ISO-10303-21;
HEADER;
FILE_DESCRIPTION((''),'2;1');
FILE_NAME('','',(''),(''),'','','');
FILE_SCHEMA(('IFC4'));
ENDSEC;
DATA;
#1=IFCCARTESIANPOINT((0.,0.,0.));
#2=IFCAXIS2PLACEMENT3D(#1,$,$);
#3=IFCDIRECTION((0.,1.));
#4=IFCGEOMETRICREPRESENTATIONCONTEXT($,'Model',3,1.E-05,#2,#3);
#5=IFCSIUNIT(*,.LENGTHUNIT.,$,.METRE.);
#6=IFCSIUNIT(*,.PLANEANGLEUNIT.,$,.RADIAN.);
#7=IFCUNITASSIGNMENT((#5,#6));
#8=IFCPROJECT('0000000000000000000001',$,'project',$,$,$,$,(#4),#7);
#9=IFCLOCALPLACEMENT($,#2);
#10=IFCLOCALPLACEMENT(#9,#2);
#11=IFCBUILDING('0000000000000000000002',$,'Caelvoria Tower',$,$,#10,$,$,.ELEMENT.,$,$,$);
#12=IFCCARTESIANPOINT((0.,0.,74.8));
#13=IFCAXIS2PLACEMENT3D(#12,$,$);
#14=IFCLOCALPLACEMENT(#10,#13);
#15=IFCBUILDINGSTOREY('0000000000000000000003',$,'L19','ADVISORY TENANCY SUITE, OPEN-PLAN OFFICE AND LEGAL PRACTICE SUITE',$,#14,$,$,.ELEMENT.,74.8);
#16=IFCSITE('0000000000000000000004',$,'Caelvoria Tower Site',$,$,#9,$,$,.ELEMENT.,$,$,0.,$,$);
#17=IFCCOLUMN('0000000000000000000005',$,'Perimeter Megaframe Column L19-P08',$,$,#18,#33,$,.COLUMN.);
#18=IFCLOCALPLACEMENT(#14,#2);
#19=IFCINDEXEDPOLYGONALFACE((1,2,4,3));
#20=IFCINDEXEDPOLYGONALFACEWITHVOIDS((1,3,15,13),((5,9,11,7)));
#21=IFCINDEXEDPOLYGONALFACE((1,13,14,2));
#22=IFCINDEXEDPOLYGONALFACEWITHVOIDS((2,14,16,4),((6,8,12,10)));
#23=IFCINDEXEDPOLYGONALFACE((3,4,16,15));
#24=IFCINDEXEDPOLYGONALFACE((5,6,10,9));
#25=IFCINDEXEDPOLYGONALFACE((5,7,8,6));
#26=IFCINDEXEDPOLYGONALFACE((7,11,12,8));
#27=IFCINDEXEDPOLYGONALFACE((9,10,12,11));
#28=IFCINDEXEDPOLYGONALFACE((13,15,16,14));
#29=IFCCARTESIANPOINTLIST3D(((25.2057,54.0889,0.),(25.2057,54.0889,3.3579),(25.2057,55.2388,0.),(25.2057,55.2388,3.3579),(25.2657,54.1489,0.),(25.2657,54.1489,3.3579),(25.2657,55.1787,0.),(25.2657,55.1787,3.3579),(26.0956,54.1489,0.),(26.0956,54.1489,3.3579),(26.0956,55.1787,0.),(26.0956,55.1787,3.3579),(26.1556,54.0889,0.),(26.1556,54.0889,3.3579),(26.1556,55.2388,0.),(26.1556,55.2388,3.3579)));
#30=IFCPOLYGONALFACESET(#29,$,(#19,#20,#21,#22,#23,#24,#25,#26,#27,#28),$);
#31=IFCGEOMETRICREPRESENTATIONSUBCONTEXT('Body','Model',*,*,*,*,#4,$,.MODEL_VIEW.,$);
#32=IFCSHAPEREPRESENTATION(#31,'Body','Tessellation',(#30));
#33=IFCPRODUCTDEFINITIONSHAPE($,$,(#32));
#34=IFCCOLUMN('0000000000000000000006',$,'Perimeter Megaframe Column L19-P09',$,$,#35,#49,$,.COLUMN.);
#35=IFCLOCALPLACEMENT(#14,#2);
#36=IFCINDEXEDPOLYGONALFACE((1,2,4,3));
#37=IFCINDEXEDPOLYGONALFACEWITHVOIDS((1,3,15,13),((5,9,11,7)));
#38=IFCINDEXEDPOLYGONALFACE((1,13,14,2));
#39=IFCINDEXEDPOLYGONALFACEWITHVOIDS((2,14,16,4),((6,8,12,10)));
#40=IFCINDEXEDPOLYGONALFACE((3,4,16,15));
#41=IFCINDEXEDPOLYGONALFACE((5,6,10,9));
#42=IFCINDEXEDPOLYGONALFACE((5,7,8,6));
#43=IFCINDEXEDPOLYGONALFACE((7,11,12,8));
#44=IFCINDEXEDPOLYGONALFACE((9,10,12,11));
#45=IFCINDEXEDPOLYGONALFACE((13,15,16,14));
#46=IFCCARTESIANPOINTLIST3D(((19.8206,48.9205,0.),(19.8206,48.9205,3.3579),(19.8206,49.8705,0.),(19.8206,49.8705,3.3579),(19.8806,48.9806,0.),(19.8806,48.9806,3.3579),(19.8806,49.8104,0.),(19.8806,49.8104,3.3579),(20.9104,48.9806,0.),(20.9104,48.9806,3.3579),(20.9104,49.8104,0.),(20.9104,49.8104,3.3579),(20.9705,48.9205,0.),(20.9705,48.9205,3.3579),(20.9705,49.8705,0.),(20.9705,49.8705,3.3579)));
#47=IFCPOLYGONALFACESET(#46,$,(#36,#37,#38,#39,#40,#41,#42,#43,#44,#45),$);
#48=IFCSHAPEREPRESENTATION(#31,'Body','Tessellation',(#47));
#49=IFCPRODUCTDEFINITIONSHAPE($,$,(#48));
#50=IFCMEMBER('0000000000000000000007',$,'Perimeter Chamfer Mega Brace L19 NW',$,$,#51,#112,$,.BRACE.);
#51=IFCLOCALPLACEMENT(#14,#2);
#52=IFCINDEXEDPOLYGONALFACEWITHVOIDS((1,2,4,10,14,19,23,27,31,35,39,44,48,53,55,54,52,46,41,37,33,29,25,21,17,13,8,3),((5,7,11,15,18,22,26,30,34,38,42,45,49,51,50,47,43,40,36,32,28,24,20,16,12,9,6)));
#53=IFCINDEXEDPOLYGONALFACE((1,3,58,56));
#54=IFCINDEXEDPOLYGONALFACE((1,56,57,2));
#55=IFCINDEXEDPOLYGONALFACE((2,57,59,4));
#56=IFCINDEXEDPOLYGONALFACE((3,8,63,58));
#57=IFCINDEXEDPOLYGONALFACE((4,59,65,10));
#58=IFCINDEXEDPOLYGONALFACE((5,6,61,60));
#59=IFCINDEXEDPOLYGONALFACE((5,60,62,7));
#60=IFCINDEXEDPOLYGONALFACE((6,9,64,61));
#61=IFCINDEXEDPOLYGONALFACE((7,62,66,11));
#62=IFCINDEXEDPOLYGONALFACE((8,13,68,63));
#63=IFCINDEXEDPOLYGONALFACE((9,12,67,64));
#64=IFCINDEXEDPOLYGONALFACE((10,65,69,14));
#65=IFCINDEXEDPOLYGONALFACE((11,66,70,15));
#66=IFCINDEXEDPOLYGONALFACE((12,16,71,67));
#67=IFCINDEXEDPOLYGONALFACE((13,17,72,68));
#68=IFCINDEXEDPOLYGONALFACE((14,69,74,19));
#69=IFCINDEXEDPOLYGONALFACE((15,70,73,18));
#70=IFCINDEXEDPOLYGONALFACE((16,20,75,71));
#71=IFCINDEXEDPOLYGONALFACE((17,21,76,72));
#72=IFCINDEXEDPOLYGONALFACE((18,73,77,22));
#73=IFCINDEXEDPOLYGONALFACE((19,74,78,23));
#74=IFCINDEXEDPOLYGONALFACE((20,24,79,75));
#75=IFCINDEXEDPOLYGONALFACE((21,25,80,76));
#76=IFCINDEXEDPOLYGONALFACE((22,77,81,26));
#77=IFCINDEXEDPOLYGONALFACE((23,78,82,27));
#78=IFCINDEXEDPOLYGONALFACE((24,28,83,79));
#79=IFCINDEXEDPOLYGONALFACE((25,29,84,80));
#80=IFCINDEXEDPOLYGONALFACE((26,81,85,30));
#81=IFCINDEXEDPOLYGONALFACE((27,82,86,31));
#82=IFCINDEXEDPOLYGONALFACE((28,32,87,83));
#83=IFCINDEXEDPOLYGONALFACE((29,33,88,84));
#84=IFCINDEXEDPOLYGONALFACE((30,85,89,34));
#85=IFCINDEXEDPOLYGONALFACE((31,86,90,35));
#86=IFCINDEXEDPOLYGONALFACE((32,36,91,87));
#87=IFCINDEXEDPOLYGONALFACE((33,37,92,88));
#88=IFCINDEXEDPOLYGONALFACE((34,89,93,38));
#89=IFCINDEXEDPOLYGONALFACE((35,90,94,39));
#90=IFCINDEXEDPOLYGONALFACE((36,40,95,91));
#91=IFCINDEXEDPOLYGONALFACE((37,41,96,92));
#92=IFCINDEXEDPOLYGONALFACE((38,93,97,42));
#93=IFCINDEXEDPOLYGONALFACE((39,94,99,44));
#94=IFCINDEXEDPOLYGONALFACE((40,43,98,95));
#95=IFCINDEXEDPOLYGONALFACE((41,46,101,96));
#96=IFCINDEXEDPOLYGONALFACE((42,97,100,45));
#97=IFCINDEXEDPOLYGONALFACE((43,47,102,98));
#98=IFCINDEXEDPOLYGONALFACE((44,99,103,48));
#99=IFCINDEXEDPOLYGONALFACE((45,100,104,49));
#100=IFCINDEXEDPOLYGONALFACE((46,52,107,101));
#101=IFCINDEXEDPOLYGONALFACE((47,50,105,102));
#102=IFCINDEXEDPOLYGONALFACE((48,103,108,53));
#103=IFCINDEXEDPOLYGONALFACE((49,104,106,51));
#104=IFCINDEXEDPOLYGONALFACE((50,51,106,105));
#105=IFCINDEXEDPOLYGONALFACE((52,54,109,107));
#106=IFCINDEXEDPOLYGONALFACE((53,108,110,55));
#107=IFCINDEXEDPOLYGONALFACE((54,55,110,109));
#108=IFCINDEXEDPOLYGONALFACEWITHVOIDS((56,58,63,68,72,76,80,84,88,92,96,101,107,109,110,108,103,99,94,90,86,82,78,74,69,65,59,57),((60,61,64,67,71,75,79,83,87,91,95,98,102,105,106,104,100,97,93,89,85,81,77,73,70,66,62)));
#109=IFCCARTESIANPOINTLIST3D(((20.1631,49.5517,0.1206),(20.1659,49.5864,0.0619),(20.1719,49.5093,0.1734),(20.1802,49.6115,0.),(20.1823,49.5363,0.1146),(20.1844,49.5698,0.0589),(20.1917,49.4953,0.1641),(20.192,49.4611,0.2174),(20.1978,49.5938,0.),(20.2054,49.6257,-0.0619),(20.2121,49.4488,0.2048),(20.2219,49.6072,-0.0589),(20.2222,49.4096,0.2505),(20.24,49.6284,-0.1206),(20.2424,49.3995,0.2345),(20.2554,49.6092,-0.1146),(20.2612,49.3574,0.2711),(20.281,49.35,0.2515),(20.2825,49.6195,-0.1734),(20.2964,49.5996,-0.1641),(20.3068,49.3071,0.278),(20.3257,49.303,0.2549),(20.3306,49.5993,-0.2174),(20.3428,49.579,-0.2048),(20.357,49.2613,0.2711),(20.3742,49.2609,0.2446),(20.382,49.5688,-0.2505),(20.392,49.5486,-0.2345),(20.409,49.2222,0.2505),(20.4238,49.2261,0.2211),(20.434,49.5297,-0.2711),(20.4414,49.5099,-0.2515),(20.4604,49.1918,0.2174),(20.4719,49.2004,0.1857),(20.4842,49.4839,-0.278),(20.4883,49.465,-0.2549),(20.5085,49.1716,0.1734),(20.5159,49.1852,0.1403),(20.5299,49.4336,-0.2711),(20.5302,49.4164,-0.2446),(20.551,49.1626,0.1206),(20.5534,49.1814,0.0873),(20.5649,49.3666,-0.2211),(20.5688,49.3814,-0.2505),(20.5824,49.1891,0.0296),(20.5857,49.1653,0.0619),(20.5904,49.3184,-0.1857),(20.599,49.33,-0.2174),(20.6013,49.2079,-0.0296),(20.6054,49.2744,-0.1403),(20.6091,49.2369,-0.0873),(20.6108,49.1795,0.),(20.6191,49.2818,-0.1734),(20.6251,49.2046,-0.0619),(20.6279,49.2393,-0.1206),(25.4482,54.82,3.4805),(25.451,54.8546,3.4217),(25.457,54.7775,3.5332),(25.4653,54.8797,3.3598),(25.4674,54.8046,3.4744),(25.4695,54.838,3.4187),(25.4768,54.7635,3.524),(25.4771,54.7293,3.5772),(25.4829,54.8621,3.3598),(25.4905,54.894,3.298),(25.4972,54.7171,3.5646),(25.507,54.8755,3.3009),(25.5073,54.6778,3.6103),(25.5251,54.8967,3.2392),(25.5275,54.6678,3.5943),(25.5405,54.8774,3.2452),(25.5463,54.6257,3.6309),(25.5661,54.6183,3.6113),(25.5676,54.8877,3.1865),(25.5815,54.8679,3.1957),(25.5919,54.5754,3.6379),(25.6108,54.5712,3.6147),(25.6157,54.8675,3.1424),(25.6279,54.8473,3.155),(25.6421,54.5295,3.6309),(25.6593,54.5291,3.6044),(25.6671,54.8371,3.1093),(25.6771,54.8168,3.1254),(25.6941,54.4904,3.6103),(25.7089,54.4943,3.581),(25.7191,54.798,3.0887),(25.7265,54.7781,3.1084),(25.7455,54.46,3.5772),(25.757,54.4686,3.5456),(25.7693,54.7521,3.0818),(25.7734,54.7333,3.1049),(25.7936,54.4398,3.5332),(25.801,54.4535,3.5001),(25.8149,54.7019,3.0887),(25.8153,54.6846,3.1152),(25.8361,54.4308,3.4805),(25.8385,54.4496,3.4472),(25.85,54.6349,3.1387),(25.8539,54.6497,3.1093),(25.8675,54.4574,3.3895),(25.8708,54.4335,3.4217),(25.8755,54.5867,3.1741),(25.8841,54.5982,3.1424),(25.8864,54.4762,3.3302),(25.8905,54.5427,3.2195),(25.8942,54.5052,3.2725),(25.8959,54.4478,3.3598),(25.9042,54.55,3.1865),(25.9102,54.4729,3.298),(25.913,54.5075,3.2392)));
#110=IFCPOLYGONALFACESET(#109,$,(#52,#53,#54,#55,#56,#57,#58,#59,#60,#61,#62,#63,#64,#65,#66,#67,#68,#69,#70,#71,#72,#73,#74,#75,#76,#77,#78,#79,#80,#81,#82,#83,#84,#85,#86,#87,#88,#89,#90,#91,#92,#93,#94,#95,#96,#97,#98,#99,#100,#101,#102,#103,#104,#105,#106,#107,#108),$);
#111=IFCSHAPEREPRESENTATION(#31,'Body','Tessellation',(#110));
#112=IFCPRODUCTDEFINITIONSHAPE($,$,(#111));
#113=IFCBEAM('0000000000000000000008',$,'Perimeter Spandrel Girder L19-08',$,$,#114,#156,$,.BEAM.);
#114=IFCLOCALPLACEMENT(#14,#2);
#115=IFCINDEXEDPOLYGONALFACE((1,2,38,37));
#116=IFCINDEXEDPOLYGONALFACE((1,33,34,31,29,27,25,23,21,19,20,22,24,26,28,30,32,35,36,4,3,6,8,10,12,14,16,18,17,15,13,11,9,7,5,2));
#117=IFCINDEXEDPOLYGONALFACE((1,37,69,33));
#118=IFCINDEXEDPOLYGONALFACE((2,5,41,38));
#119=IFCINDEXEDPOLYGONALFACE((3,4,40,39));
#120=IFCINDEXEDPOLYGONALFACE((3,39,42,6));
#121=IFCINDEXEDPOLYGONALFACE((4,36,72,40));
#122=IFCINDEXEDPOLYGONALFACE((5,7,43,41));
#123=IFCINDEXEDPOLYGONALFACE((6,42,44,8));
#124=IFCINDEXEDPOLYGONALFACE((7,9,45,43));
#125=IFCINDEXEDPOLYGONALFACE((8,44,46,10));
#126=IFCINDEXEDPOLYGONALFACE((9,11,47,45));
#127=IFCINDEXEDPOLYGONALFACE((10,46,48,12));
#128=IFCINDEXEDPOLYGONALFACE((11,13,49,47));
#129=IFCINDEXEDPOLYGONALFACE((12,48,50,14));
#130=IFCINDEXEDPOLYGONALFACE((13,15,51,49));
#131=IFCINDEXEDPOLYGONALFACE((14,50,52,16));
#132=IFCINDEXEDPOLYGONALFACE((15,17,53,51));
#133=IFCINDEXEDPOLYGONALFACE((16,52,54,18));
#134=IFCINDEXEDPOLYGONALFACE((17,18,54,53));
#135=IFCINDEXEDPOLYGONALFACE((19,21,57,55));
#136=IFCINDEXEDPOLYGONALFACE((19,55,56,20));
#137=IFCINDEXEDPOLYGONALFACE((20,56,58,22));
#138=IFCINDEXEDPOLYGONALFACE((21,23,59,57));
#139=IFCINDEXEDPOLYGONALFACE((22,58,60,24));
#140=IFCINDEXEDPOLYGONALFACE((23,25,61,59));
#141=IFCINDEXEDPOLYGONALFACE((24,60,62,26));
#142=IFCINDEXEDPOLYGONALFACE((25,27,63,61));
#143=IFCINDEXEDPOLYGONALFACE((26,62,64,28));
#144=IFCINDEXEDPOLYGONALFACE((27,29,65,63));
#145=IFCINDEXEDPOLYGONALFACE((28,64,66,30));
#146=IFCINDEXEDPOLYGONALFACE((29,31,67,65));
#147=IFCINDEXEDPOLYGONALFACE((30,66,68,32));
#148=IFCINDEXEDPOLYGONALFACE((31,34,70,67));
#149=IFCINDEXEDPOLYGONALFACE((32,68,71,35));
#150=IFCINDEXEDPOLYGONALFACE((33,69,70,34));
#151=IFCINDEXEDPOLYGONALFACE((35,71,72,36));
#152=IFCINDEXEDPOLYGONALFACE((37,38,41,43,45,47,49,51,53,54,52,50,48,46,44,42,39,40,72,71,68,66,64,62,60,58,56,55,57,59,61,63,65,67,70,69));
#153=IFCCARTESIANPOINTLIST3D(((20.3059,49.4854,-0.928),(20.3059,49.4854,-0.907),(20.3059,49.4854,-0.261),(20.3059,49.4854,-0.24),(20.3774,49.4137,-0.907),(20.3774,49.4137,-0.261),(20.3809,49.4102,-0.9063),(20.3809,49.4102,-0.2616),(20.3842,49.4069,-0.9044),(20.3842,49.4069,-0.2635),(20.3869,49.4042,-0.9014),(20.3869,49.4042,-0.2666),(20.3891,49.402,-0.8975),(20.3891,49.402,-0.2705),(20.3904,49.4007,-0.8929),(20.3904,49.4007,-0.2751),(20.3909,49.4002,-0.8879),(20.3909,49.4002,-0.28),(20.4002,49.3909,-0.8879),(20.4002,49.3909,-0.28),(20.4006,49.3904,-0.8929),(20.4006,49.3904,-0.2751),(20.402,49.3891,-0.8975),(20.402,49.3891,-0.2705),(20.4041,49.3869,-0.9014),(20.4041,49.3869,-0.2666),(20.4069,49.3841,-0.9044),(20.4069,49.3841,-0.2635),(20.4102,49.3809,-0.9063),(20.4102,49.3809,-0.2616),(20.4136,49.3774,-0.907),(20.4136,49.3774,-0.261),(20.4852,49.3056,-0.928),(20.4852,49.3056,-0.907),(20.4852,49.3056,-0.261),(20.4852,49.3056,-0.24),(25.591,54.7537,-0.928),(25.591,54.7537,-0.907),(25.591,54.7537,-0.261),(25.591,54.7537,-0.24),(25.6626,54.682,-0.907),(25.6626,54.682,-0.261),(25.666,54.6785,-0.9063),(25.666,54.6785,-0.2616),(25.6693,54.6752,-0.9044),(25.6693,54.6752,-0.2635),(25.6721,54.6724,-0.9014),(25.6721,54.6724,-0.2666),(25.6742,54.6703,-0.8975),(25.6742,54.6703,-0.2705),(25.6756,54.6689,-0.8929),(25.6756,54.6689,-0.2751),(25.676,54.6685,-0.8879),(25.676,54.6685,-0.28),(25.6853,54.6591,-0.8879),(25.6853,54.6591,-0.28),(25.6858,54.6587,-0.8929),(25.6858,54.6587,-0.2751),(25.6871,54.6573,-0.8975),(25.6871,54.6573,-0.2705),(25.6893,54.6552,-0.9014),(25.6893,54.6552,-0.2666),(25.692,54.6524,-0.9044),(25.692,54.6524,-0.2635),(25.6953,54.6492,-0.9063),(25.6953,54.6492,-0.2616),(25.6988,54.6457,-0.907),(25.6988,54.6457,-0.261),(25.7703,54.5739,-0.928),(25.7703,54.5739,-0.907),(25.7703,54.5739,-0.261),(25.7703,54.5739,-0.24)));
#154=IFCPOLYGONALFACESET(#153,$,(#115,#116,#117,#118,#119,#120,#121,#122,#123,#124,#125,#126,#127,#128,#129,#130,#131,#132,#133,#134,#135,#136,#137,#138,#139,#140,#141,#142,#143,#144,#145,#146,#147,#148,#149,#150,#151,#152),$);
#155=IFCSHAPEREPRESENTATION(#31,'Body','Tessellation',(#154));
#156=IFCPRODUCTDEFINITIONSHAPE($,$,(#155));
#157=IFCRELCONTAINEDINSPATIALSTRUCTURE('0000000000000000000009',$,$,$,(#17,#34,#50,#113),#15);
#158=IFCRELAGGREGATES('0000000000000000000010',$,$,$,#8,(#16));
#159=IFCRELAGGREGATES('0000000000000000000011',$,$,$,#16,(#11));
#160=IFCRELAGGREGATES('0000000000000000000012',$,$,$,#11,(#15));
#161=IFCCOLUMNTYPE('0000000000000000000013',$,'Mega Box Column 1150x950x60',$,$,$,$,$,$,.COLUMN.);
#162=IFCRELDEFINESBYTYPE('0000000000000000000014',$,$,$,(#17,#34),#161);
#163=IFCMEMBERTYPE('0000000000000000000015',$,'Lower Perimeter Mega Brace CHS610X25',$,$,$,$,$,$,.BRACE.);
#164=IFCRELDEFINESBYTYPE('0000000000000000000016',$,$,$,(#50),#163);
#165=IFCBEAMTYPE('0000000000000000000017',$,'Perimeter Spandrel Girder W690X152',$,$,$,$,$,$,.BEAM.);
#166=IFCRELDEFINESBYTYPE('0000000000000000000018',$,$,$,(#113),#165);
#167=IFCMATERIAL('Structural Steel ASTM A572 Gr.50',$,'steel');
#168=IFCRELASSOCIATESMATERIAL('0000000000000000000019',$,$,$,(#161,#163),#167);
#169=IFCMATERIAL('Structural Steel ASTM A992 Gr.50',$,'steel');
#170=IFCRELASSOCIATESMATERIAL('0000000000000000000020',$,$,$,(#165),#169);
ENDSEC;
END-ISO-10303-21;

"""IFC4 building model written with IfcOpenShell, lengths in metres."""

from ifc_helpers import new_model, si_unit, direction, frame, origin, origin_2d, place, context, subcontext, project, spatial, hollow_rectangle, hollow_circle, i_section, extrude, material, material_profile, profile_set, type_object, element, save


model = new_model("IFC4")

# Units and contexts
model_context = context("Model", 3, precision=1e-05, world=origin(), true_north=direction((0.0, 1.0)))
body_context = subcontext(model_context, "Body", "Model", "MODEL_VIEW")
ifc_project = project(units=[si_unit("LENGTHUNIT", "METRE"), si_unit("PLANEANGLEUNIT", "RADIAN")], contexts=[model_context])

# Site, building, storey
site_placement = place(None, origin())
site = spatial("IfcSite", under=ifc_project, at=site_placement, Name="Caelvoria Tower Site", CompositionType="ELEMENT", RefElevation=0.0)
building_placement = place(site_placement, origin())
building = spatial("IfcBuilding", under=site, at=building_placement, Name="Caelvoria Tower", CompositionType="ELEMENT")
storey_placement = place(building_placement, frame((0.0, 0.0, 74.8)))
storey = spatial("IfcBuildingStorey", under=building, at=storey_placement, Name="L19", Description="ADVISORY TENANCY SUITE, OPEN-PLAN OFFICE AND LEGAL PRACTICE SUITE", CompositionType="ELEMENT", Elevation=74.8)

# Columns
ifc_material_1 = material(Name="Structural Steel ASTM A572 Gr.50", Category="steel")
ifc_material_profile_1 = material_profile(ifc_material_1, hollow_rectangle(XDim=0.95, YDim=1.1499, WallThickness=0.0601, at=origin_2d()), Name="Structural Steel ASTM A572 Gr.50")
ifc_profile_set_1 = profile_set([ifc_material_profile_1], Name="BOX1150X950X60 - Structural Steel ASTM A572 Gr.50")
column_type = type_object("IfcColumnType", Name="Mega Box Column 1150x950x60", PredefinedType="COLUMN", material=ifc_profile_set_1)
for number, where, z_axis, x_axis, name in (
    (1, (25.6807, 54.6638, 0.0), (0.0, 0.0, 1.0), (1.0, 0.0, 0.0), "Perimeter Megaframe Column L19-P08"),
    (2, (20.3955, 49.3955, 0.0), (0.0, 0.0, 1.0), (0.0, 1.0, 0.0), "Perimeter Megaframe Column L19-P09"),
):
    element("IfcColumn", number, at=place(storey_placement, frame(where, z_axis=z_axis, x_axis=x_axis)), inside=storey, type_object=column_type, Name=name, PredefinedType="COLUMN", context=body_context, shape_type="SweptSolid", body=[
        extrude(hollow_rectangle(XDim=0.95, YDim=1.1499, WallThickness=0.0601, at=origin_2d()), origin(), (0.0, 0.0, 1.0), 3.3579),
    ])

# Member
ifc_material_profile_2 = material_profile(ifc_material_1, hollow_circle(Radius=0.3049, WallThickness=0.0249, at=origin_2d()), Name="Structural Steel ASTM A572 Gr.50")
ifc_profile_set_2 = profile_set([ifc_material_profile_2], Name="CHS610X25 - Structural Steel ASTM A572 Gr.50")
member_type = type_object("IfcMemberType", Name="Lower Perimeter Mega Brace CHS610X25", PredefinedType="BRACE", material=ifc_profile_set_2)
member_placement = place(storey_placement, frame((20.3955, 49.3955, 0.0), z_axis=(0.645797, 0.643739, 0.410544), x_axis=(-0.705977, 0.708235, 0.0)))
element("IfcMember", 3, at=member_placement, inside=storey, type_object=member_type, Name="Perimeter Chamfer Mega Brace L19 NW", PredefinedType="BRACE", context=body_context, shape_type="SweptSolid", body=[
    extrude(hollow_circle(Radius=0.3049, WallThickness=0.0249, at=origin_2d()), origin(), (0.0, 0.0, 1.0), 8.1838),
])

# Beam
ifc_material_2 = material(Name="Structural Steel ASTM A992 Gr.50", Category="steel")
ifc_material_profile_3 = material_profile(ifc_material_2, i_section(OverallWidth=0.2539, OverallDepth=0.688, WebThickness=0.0132, FlangeThickness=0.021, FilletRadius=0.019, at=origin_2d()), Name="Structural Steel ASTM A992 Gr.50")
ifc_profile_set_3 = profile_set([ifc_material_profile_3], Name="W690X152 - Structural Steel ASTM A992 Gr.50")
beam_type_1 = type_object("IfcBeamType", Name="Perimeter Spandrel Girder W690X152", PredefinedType="BEAM", material=ifc_profile_set_3)
beam_1_placement = place(storey_placement, frame((25.6807, 54.6638, -0.584), z_axis=(-0.708235, -0.705977, 0.0), x_axis=(0.705977, -0.708235, 0.0)))
element("IfcBeam", 4, at=beam_1_placement, inside=storey, type_object=beam_type_1, Name="Perimeter Spandrel Girder L19-08", PredefinedType="BEAM", context=body_context, shape_type="SweptSolid", body=[
    extrude(i_section(OverallWidth=0.2539, OverallDepth=0.688, WebThickness=0.0132, FlangeThickness=0.021, FilletRadius=0.019, at=origin_2d()), origin(), (0.0, 0.0, 1.0), 7.4624),
])

save(model, "model.ifc")
